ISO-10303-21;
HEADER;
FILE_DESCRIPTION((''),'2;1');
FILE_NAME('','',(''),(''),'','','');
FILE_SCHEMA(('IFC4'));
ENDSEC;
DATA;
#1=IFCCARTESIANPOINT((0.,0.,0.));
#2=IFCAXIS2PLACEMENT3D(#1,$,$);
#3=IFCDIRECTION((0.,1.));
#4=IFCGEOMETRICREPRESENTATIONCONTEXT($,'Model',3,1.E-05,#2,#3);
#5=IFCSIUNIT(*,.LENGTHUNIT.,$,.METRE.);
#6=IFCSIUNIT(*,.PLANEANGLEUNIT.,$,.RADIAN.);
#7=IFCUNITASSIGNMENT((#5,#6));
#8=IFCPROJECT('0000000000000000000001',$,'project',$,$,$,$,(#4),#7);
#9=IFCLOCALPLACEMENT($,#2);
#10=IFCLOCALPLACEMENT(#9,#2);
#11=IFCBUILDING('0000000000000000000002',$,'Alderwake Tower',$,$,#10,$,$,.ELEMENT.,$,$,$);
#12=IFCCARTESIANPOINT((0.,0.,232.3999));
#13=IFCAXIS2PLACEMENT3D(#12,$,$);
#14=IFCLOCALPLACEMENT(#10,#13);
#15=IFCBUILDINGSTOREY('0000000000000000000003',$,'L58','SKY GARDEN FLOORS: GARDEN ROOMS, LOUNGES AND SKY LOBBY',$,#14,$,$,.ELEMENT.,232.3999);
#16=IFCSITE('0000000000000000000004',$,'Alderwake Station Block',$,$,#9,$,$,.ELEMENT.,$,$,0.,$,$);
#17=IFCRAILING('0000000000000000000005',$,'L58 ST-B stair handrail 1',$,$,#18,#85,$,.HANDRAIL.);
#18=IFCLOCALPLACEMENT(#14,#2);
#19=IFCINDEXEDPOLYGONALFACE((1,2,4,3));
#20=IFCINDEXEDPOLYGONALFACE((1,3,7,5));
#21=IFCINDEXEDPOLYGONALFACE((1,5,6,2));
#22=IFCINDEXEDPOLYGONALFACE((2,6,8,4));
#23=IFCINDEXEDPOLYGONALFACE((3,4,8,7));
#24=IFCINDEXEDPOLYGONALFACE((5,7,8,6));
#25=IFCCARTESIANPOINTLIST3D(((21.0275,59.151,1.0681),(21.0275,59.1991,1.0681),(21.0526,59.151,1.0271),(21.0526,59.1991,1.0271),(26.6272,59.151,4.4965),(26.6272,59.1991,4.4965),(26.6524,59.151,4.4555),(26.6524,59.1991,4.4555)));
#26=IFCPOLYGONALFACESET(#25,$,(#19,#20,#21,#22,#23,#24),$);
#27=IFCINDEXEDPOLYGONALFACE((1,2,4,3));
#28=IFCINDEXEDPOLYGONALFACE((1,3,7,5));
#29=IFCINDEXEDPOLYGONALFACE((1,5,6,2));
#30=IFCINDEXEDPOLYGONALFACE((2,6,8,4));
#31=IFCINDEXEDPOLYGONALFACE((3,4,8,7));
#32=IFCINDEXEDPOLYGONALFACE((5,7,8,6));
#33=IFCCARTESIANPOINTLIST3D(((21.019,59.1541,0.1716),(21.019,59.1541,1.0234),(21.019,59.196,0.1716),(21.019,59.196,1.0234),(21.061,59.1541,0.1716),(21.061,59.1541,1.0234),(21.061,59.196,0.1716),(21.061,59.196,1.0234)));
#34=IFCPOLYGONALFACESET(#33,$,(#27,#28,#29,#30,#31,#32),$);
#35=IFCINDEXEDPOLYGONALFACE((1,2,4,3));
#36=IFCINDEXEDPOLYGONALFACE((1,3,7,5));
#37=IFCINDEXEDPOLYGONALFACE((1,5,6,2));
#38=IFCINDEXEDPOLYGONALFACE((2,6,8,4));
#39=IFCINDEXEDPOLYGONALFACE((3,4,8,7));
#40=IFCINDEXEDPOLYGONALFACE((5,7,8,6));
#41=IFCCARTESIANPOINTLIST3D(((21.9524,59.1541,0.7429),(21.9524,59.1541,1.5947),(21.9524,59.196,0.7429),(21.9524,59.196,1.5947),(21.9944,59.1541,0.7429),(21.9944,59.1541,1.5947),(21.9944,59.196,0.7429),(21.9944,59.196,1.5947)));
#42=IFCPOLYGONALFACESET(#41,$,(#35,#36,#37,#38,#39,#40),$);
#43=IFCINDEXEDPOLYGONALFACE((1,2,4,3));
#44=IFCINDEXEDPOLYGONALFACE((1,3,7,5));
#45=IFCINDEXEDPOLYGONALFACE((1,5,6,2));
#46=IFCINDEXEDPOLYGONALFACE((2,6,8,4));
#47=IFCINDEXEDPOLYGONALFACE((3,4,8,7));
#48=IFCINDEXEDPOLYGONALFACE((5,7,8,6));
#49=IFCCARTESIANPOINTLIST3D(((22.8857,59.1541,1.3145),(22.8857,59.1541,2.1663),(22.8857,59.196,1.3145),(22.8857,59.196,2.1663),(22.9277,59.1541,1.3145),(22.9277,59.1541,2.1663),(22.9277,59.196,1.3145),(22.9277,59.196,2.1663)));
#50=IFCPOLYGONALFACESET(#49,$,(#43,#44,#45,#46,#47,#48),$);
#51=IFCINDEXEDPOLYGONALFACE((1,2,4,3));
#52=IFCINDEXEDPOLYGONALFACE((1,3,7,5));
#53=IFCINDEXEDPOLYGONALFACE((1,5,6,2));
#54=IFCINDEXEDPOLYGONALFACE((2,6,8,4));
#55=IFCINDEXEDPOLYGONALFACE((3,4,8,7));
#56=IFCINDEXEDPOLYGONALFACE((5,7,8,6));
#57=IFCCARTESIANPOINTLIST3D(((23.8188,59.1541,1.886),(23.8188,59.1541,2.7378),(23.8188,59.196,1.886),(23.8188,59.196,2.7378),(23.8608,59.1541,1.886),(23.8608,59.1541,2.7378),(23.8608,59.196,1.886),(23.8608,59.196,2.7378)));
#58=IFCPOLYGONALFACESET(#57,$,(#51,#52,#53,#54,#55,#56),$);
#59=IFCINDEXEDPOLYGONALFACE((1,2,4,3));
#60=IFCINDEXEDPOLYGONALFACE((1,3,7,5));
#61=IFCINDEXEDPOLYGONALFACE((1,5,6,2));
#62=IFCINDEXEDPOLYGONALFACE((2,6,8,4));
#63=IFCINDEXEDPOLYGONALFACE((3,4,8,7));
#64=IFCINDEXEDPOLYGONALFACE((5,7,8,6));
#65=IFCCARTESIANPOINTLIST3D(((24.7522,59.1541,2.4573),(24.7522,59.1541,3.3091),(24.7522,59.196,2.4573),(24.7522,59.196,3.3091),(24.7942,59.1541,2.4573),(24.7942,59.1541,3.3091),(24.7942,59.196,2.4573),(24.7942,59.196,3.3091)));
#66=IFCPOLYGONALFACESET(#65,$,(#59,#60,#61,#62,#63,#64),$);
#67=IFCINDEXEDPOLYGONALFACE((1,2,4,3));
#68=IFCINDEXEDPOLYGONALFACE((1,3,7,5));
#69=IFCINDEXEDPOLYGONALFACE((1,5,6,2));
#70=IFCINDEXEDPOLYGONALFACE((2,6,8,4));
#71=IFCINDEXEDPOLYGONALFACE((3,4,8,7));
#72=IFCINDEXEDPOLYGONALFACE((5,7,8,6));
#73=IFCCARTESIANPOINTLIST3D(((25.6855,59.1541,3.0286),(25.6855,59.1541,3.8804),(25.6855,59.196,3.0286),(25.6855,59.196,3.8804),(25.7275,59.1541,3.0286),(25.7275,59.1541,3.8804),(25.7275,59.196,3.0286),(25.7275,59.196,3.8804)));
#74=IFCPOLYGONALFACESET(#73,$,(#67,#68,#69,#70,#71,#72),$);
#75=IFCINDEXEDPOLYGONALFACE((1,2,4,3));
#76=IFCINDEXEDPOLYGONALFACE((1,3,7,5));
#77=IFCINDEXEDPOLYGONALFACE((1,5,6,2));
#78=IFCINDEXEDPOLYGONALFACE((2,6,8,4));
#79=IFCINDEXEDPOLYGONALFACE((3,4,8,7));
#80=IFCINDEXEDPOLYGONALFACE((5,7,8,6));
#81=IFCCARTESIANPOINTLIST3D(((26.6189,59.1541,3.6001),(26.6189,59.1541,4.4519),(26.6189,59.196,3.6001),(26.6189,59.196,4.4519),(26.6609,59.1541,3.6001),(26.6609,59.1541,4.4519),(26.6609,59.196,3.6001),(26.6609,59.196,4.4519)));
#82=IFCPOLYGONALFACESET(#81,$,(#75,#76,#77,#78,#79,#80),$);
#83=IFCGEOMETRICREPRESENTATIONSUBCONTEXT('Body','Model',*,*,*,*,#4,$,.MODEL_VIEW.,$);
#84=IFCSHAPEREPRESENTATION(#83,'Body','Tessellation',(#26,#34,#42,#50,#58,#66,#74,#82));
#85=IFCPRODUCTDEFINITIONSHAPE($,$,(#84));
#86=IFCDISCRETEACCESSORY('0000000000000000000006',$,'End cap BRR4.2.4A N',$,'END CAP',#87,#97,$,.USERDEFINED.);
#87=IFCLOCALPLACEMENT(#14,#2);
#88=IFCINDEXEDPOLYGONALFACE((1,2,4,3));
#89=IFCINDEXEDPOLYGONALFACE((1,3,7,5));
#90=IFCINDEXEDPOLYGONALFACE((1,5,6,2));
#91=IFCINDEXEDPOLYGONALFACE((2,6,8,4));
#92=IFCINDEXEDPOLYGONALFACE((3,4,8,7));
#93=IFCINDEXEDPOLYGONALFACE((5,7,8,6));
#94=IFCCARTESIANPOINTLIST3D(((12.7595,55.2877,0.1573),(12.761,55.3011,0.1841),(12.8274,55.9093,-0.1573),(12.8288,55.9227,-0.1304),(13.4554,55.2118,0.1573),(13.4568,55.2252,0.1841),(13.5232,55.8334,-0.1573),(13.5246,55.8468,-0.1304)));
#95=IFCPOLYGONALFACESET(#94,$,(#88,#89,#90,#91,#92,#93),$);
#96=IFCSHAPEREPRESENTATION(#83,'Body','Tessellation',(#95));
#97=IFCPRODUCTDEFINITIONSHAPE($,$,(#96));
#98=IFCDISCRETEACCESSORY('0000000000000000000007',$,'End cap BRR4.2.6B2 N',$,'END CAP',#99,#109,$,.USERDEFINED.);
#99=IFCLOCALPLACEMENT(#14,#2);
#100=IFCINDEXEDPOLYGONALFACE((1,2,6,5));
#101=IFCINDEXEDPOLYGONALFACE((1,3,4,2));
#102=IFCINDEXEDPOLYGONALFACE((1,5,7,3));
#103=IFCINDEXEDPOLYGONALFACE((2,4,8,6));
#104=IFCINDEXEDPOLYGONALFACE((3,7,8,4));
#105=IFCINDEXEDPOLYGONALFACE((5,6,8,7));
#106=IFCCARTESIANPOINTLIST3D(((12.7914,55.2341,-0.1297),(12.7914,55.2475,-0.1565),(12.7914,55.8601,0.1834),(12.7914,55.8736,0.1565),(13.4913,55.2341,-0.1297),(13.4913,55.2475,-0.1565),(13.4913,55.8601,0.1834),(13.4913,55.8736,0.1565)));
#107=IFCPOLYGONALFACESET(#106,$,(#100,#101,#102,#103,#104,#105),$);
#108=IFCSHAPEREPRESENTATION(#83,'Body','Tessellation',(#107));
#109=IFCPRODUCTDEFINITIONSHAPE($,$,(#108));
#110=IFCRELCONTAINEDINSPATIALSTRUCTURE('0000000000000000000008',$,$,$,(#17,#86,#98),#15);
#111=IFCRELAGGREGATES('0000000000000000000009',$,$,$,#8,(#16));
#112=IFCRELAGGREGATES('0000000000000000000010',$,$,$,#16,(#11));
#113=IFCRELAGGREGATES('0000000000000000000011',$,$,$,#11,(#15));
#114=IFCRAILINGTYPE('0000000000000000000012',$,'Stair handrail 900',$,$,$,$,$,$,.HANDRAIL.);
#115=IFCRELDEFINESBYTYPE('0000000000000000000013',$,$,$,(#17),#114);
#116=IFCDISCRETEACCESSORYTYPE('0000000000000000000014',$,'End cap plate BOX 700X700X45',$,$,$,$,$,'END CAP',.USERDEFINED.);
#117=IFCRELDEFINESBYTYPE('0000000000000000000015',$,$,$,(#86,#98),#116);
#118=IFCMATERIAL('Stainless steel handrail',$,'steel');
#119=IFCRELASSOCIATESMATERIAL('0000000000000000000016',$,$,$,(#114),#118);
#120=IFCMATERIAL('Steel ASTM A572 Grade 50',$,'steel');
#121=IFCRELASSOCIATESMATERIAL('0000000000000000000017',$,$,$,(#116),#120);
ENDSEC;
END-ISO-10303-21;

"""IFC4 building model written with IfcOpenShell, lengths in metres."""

from ifc_helpers import new_model, si_unit, direction, frame, origin, origin_with_axes, origin_2d, place, context, subcontext, project, spatial, rectangle, extrude, material, material_profile, profile_set, type_object, element, save


model = new_model("IFC4")

# Units and contexts
model_context = context("Model", 3, precision=1e-05, world=origin(), true_north=direction((0.0, 1.0)))
body_context = subcontext(model_context, "Body", "Model", "MODEL_VIEW")
ifc_project = project(units=[si_unit("LENGTHUNIT", "METRE"), si_unit("PLANEANGLEUNIT", "RADIAN")], contexts=[model_context])

# Site, building, storey
site_placement = place(None, origin())
site = spatial("IfcSite", under=ifc_project, at=site_placement, Name="Alderwake Station Block", CompositionType="ELEMENT", RefElevation=0.0)
building_placement = place(site_placement, origin())
building = spatial("IfcBuilding", under=site, at=building_placement, Name="Alderwake Tower", CompositionType="ELEMENT")
storey_placement = place(building_placement, frame((0.0, 0.0, 232.3999)))
storey = spatial("IfcBuildingStorey", under=building, at=storey_placement, Name="L58", Description="SKY GARDEN FLOORS: GARDEN ROOMS, LOUNGES AND SKY LOBBY", CompositionType="ELEMENT", Elevation=232.3999)

# Railing
ifc_material_1 = material(Name="Stainless steel handrail", Category="steel")
railing_type_1 = type_object("IfcRailingType", Name="Stair handrail 900", PredefinedType="HANDRAIL", material=ifc_material_1)
railing_1_placement = place(storey_placement, frame((21.04, 59.175, 0.1716)))
element("IfcRailing", 1, at=railing_1_placement, inside=storey, type_object=railing_type_1, Name="L58 ST-B stair handrail 1", PredefinedType="HANDRAIL", context=body_context, shape_type="SweptSolid", body=[
    extrude(rectangle(XDim=0.0481, YDim=0.0481, at=origin_2d()), frame((0.0, 0.0, 0.876), z_axis=(0.852852, 0.0, 0.522152), x_axis=(0.0, 1.0, 0.0)), (0.0, 0.0, 1.0), 6.5659),
    extrude(rectangle(XDim=0.042, YDim=0.042, at=origin_2d()), origin_with_axes(), (0.0, 0.0, 1.0), 0.8518),
    extrude(rectangle(XDim=0.042, YDim=0.042, at=origin_2d()), frame((0.9333, 0.0, 0.5713), z_axis=(0.0, 0.0, 1.0), x_axis=(1.0, 0.0, 0.0)), (0.0, 0.0, 1.0), 0.8518),
    extrude(rectangle(XDim=0.042, YDim=0.042, at=origin_2d()), frame((1.8667, 0.0, 1.1428), z_axis=(0.0, 0.0, 1.0), x_axis=(1.0, 0.0, 0.0)), (0.0, 0.0, 1.0), 0.8518),
    extrude(rectangle(XDim=0.042, YDim=0.042, at=origin_2d()), frame((2.7998, 0.0, 1.7144), z_axis=(0.0, 0.0, 1.0), x_axis=(1.0, 0.0, 0.0)), (0.0, 0.0, 1.0), 0.8518),
    extrude(rectangle(XDim=0.042, YDim=0.042, at=origin_2d()), frame((3.7332, 0.0, 2.2856), z_axis=(0.0, 0.0, 1.0), x_axis=(1.0, 0.0, 0.0)), (0.0, 0.0, 1.0), 0.8518),
    extrude(rectangle(XDim=0.042, YDim=0.042, at=origin_2d()), frame((4.6665, 0.0, 2.8569), z_axis=(0.0, 0.0, 1.0), x_axis=(1.0, 0.0, 0.0)), (0.0, 0.0, 1.0), 0.8518),
    extrude(rectangle(XDim=0.042, YDim=0.042, at=origin_2d()), frame((5.5999, 0.0, 3.4285), z_axis=(0.0, 0.0, 1.0), x_axis=(1.0, 0.0, 0.0)), (0.0, 0.0, 1.0), 0.8518),
])

# Discrete accessories
ifc_material_2 = material(Name="Steel ASTM A572 Grade 50", Category="steel")
ifc_material_profile = material_profile(ifc_material_2, rectangle(XDim=0.7, YDim=0.7, at=origin_2d()), Name="BOX 700X700X45 cap")
ifc_profile_set = profile_set([ifc_material_profile], Name="Steel ASTM A572 Grade 50")
discrete_accessory_type = type_object("IfcDiscreteAccessoryType", Name="End cap plate BOX 700X700X45", ElementType="END CAP", PredefinedType="USERDEFINED", material=ifc_profile_set)
for number, where, z_axis, x_axis, name in (
    (2, (13.1414, 55.5605, 0.0), (0.048729, 0.446682, 0.893365), (-0.994102, 0.108448, 0.0), "End cap BRR4.2.4A N"),
    (3, (13.1414, 55.5605, 0.0), (0.0, -0.447214, 0.894427), (1.0, 0.0, 0.0), "End cap BRR4.2.6B2 N"),
):
    element("IfcDiscreteAccessory", number, at=place(storey_placement, frame(where, z_axis=z_axis, x_axis=x_axis)), inside=storey, type_object=discrete_accessory_type, Name=name, ObjectType="END CAP", PredefinedType="USERDEFINED", context=body_context, shape_type="SweptSolid", body=[
        extrude(rectangle(XDim=0.7, YDim=0.7, at=origin_2d()), origin(), (0.0, 0.0, 1.0), 0.03),
    ])

save(model, "model.ifc")
